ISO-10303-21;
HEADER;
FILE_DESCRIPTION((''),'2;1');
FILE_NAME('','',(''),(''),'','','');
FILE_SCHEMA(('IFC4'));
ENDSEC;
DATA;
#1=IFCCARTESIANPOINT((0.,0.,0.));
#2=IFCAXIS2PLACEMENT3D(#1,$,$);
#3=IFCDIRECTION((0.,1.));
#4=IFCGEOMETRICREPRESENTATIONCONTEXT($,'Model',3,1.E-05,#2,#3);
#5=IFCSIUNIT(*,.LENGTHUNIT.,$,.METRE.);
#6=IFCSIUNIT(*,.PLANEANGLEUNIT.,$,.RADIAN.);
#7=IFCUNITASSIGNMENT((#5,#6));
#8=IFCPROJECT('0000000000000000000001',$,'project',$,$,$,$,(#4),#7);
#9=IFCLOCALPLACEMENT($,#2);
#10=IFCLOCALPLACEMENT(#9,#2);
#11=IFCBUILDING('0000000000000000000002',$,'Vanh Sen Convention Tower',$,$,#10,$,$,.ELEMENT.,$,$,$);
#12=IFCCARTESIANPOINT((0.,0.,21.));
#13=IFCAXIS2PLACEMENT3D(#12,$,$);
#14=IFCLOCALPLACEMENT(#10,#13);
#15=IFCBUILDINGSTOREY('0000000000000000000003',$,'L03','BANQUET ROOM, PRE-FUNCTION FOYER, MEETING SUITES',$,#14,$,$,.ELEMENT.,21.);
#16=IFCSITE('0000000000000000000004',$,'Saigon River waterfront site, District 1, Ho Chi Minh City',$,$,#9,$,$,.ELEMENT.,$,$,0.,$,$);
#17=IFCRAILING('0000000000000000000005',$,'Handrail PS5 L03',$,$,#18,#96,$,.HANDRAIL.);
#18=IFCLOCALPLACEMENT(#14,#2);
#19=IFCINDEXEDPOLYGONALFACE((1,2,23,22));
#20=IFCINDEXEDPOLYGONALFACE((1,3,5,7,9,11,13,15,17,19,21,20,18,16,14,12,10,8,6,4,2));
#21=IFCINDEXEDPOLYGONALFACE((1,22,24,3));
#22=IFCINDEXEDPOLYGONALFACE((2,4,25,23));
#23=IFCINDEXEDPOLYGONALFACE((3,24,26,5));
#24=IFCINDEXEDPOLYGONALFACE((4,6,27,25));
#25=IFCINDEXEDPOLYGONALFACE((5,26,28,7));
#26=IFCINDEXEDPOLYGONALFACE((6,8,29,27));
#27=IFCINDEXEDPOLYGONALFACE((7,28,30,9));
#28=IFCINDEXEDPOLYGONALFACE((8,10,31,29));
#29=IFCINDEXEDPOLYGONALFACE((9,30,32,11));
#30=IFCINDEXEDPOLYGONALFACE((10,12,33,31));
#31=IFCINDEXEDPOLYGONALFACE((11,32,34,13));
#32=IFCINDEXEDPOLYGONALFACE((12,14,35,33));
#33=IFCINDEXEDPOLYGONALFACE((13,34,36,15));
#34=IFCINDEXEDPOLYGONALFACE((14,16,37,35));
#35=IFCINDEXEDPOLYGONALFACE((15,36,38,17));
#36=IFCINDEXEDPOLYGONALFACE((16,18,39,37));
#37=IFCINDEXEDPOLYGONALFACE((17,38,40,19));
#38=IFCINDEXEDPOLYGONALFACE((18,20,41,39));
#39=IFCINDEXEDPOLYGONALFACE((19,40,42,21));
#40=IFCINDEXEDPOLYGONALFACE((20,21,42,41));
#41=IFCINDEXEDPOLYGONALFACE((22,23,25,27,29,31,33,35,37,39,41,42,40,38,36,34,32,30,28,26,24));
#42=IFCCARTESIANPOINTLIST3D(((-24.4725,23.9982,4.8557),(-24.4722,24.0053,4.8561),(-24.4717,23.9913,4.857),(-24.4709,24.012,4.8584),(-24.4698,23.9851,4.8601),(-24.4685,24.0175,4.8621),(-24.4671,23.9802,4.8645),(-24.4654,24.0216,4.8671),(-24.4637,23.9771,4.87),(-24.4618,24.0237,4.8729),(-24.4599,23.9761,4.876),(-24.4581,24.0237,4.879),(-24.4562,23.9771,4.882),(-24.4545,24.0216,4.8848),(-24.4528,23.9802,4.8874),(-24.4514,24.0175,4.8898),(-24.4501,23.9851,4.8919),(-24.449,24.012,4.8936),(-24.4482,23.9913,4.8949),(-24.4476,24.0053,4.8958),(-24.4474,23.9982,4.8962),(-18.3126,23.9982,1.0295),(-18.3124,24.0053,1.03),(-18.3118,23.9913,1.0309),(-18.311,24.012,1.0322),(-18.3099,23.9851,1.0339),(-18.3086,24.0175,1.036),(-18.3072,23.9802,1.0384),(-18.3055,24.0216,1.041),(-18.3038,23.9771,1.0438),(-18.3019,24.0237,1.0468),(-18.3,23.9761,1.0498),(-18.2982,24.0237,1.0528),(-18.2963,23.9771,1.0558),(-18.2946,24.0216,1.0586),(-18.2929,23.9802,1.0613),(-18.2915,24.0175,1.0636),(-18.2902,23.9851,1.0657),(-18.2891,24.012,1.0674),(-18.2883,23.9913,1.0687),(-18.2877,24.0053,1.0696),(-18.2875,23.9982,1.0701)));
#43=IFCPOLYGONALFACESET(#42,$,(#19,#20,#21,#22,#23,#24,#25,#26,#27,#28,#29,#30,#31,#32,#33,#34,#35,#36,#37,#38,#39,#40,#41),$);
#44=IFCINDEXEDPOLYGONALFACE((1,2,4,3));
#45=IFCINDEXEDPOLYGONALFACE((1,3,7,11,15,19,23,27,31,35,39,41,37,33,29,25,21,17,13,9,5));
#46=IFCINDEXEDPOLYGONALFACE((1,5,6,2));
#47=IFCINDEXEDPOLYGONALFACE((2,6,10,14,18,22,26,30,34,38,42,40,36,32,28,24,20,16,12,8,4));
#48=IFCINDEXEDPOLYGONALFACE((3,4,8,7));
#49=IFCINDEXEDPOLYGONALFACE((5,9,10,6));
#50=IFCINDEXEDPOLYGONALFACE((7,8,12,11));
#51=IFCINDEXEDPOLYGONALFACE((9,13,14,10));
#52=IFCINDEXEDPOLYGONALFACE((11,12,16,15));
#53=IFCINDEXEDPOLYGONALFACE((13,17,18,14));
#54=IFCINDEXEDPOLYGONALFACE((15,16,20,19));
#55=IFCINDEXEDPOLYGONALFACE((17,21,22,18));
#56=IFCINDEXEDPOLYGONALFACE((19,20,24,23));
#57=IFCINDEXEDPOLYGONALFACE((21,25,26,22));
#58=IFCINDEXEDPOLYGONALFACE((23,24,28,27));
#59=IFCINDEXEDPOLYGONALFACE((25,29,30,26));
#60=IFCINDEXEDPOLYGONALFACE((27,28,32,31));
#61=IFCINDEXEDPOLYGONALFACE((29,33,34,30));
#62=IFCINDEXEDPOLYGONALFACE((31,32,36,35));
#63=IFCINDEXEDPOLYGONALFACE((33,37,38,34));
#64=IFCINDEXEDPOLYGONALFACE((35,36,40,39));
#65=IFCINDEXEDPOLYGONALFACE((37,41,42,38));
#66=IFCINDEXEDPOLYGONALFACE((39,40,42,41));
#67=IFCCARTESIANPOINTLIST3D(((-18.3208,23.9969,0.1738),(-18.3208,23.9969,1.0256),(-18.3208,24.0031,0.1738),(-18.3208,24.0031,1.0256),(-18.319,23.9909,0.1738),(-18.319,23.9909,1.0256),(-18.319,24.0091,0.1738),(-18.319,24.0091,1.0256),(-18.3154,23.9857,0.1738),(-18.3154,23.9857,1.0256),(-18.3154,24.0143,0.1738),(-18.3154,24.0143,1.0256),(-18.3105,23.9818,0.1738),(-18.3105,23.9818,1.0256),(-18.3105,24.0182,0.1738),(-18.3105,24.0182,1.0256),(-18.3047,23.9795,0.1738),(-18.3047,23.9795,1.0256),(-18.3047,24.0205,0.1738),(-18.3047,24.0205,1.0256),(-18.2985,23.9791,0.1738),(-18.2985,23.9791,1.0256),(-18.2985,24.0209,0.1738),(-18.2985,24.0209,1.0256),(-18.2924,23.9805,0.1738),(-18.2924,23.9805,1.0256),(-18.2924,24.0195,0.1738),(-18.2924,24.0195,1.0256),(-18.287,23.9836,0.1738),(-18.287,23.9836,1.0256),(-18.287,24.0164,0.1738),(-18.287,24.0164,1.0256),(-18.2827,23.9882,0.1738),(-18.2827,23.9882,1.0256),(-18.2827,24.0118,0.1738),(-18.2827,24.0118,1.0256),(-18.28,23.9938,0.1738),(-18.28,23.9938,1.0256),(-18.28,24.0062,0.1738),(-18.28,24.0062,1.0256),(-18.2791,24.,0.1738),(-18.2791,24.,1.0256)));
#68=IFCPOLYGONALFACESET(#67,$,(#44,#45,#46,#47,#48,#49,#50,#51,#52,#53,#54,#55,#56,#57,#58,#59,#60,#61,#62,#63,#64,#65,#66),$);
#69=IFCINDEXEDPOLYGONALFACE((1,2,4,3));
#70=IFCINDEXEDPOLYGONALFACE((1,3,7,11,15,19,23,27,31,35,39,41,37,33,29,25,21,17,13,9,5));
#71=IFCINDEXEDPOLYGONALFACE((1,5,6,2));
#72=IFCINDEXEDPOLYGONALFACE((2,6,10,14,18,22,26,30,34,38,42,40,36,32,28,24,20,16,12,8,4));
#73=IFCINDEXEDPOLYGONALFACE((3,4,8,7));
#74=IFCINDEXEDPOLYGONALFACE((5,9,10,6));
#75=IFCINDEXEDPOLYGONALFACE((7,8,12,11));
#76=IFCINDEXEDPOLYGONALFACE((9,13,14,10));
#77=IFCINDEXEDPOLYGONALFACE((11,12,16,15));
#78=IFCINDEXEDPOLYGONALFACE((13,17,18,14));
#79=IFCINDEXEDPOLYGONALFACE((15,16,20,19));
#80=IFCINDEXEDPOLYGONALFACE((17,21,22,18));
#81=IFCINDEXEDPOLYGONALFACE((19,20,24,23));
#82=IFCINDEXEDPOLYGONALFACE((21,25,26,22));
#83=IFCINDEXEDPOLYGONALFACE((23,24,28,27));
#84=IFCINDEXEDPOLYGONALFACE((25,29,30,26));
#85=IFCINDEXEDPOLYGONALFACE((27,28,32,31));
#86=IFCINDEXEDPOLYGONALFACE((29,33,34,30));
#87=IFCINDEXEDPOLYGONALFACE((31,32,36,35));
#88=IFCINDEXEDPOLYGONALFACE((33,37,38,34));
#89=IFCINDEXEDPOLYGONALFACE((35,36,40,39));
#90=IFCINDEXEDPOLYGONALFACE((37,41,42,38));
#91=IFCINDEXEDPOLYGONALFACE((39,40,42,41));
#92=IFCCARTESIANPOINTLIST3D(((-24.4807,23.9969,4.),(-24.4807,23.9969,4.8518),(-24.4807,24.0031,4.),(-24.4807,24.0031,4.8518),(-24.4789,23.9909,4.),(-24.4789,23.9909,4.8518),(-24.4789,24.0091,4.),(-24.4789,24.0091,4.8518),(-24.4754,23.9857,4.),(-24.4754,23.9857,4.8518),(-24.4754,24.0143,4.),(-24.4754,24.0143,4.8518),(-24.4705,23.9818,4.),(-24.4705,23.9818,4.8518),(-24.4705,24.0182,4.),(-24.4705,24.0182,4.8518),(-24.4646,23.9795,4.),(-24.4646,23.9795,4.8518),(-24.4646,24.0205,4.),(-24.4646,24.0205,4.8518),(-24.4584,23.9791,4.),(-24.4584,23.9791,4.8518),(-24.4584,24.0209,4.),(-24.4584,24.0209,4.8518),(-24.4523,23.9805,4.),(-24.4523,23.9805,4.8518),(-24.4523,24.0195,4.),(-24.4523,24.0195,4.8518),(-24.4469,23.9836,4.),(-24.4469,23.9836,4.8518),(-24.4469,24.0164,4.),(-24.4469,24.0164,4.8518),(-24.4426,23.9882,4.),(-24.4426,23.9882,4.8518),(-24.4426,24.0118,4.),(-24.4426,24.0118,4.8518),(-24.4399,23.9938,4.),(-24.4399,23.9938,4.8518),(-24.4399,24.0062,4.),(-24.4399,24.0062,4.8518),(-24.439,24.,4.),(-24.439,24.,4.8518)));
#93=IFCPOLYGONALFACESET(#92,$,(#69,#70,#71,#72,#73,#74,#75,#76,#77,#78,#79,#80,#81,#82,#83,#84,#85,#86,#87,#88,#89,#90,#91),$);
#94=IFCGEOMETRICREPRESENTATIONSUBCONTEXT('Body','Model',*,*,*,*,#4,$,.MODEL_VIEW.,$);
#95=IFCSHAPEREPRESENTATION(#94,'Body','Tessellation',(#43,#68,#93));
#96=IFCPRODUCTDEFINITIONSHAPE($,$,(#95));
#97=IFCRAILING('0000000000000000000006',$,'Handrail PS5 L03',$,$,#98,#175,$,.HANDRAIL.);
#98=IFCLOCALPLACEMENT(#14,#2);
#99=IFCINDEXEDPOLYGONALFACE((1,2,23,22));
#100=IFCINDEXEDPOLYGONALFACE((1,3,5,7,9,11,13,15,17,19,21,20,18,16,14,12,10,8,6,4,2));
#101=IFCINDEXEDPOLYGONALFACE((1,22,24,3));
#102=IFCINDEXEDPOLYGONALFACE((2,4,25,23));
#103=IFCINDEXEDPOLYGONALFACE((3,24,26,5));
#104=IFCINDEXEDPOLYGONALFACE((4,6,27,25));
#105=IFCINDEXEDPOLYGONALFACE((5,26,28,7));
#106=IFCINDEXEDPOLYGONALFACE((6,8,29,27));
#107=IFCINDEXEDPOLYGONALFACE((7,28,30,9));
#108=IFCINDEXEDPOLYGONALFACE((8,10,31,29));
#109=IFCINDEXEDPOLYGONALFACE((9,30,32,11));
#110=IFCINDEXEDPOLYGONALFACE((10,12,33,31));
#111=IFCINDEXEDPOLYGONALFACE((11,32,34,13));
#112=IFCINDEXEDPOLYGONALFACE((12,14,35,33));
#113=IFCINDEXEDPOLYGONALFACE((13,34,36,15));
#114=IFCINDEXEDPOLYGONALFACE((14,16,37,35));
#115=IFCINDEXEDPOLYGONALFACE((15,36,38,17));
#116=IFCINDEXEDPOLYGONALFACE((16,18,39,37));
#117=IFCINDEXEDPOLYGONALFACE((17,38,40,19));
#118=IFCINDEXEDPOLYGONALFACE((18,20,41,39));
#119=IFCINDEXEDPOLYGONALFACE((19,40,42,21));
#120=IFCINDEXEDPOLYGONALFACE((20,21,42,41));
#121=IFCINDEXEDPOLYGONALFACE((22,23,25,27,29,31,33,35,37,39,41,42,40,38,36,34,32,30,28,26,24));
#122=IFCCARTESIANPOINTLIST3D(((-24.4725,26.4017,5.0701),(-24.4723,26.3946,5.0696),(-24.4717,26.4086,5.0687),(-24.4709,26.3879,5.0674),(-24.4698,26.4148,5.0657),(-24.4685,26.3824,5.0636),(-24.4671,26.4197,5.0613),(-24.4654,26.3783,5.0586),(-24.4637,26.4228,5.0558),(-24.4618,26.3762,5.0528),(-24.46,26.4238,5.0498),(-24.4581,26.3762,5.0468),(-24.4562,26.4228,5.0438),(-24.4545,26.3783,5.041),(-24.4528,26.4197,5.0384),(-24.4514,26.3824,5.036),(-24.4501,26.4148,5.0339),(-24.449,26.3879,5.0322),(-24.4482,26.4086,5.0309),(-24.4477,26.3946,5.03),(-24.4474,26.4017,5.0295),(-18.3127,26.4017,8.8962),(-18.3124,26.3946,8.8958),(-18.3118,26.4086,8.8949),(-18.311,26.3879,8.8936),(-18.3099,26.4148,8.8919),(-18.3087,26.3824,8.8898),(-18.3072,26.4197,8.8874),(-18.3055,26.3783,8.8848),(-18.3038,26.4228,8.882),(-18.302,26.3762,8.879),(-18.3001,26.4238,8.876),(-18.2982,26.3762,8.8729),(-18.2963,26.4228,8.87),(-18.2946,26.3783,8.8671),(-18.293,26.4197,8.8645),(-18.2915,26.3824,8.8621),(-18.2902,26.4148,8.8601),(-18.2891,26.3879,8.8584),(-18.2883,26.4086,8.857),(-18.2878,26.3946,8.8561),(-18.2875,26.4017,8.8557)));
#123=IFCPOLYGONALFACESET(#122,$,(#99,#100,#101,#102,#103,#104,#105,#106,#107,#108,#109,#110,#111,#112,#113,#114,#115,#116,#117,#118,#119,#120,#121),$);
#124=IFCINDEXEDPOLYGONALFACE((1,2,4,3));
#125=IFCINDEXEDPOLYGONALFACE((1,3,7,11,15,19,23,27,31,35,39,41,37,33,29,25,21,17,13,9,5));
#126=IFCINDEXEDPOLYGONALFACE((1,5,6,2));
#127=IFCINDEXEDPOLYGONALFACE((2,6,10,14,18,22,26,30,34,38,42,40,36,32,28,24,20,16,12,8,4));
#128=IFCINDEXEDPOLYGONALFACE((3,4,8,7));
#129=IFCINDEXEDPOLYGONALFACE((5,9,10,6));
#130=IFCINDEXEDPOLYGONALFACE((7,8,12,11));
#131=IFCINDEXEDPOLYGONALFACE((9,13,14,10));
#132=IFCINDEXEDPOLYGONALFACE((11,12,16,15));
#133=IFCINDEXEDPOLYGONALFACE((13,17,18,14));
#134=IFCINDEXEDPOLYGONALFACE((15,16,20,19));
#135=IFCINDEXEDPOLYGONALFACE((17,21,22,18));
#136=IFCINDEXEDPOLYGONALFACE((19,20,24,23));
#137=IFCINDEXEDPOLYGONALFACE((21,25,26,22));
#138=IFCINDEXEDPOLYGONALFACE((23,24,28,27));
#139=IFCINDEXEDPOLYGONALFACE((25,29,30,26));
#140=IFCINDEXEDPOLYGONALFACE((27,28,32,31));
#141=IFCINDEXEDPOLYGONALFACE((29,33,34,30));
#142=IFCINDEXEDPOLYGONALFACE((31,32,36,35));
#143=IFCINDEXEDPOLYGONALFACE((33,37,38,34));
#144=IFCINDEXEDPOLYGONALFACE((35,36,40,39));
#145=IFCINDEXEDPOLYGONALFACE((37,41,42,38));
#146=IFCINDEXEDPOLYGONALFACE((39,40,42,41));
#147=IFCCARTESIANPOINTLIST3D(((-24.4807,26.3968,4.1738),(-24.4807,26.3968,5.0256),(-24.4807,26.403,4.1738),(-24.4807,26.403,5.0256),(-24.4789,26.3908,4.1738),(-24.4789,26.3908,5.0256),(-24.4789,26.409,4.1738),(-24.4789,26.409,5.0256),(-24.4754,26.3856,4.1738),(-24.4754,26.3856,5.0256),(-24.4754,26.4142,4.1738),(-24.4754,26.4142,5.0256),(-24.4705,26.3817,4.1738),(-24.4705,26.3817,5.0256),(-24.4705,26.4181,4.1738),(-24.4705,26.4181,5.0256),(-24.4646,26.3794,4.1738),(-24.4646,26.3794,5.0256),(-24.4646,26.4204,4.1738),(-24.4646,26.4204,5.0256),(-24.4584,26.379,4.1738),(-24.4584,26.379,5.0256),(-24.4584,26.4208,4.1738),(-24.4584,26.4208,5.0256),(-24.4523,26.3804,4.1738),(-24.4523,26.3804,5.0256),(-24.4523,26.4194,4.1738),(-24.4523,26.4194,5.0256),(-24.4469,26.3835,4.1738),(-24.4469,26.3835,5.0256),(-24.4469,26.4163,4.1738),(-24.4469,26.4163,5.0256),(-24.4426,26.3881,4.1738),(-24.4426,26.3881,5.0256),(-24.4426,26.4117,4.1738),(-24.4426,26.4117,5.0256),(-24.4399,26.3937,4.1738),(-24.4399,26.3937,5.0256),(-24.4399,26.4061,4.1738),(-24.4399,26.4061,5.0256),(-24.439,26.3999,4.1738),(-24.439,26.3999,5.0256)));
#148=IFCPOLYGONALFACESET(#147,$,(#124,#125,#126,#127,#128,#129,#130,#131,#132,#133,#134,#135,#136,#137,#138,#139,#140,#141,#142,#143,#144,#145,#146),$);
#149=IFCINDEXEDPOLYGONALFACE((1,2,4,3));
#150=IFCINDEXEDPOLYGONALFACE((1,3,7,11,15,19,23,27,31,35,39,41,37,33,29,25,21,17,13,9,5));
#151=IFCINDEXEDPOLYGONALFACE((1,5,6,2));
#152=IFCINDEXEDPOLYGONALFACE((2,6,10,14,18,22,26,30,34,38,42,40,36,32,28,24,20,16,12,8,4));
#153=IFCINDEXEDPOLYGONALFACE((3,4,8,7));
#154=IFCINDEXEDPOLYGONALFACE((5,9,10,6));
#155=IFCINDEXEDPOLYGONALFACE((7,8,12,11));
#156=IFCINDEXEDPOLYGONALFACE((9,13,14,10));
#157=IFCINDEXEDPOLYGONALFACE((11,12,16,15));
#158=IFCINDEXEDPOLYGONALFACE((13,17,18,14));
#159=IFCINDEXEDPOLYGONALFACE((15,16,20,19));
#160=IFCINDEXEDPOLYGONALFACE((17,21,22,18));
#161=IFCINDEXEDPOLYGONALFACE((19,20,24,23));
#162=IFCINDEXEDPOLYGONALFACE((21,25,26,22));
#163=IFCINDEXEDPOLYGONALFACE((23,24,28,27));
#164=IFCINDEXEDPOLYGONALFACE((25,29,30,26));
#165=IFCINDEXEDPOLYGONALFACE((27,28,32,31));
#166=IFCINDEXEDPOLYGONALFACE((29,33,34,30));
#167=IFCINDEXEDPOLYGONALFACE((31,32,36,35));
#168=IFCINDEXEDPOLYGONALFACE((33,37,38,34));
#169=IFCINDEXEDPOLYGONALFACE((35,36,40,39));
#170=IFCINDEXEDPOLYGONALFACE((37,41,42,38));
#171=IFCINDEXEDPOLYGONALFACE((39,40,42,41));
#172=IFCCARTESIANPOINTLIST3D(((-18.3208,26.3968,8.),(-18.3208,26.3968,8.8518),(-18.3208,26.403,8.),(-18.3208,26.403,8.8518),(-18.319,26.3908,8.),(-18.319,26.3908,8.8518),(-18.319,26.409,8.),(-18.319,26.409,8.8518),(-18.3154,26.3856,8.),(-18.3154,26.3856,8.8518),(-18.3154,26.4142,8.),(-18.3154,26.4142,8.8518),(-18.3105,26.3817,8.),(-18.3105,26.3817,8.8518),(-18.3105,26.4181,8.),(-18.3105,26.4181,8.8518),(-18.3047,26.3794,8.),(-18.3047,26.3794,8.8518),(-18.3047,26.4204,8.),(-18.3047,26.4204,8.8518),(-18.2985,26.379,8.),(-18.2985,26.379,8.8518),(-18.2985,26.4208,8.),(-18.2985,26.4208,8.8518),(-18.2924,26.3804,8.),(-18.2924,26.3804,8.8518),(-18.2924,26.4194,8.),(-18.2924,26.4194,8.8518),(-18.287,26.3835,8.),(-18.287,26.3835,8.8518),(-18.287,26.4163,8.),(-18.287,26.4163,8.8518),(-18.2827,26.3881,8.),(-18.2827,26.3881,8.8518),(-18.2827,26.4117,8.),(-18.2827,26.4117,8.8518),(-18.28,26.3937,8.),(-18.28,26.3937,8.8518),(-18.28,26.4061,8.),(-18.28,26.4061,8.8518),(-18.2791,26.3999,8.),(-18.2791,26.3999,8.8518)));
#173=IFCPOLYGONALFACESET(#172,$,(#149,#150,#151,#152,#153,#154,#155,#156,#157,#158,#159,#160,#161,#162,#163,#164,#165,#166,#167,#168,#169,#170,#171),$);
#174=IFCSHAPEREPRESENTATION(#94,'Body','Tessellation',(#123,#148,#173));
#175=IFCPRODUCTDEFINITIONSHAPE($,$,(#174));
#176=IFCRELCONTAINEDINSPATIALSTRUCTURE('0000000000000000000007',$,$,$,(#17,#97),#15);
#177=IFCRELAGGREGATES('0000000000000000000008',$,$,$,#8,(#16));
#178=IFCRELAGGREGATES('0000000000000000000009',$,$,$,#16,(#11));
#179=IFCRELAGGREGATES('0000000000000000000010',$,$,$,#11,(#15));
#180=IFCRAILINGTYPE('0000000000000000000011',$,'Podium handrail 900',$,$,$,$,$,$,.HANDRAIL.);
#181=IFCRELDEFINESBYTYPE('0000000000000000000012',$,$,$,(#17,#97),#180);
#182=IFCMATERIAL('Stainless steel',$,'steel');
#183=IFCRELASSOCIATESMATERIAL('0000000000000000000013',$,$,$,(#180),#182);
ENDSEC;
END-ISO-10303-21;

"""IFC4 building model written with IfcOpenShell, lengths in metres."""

from ifc_helpers import new_model, si_unit, direction, frame, origin, origin_2d, place, context, subcontext, project, spatial, circle, extrude, material, type_object, element, save


model = new_model("IFC4")

# Units and contexts
model_context = context("Model", 3, precision=1e-05, world=origin(), true_north=direction((0.0, 1.0)))
body_context = subcontext(model_context, "Body", "Model", "MODEL_VIEW")
ifc_project = project(units=[si_unit("LENGTHUNIT", "METRE"), si_unit("PLANEANGLEUNIT", "RADIAN")], contexts=[model_context])

# Site, building, storey
site_placement = place(None, origin())
site = spatial("IfcSite", under=ifc_project, at=site_placement, Name="Saigon River waterfront site, District 1, Ho Chi Minh City", CompositionType="ELEMENT", RefElevation=0.0)
building_placement = place(site_placement, origin())
building = spatial("IfcBuilding", under=site, at=building_placement, Name="Vanh Sen Convention Tower", CompositionType="ELEMENT")
storey_placement = place(building_placement, frame((0.0, 0.0, 21.0)))
storey = spatial("IfcBuildingStorey", under=building, at=storey_placement, Name="L03", Description="BANQUET ROOM, PRE-FUNCTION FOYER, MEETING SUITES", CompositionType="ELEMENT", Elevation=21.0)

# Railings
ifc_material_1 = material(Name="Stainless steel", Category="steel")
railing_type = type_object("IfcRailingType", Name="Podium handrail 900", PredefinedType="HANDRAIL", material=ifc_material_1)
for number, where, name in (
    (1, (-18.3, 24.0, 0.1738), "Handrail PS5 L03"),
):
    element("IfcRailing", number, at=place(storey_placement, frame(where)), inside=storey, type_object=railing_type, Name=name, PredefinedType="HANDRAIL", context=body_context, shape_type="SweptSolid", body=[
        extrude(circle(Radius=0.0239, at=origin_2d()), frame((0.0, 0.0, 0.876), z_axis=(-0.849468, 0.0, 0.527639), x_axis=(0.0, -1.0, 0.0)), (0.0, 0.0, 1.0), 7.2515),
        extrude(circle(Radius=0.021, at=origin_2d()), origin(), (0.0, 0.0, 1.0), 0.8518),
        extrude(circle(Radius=0.021, at=origin_2d()), frame((-6.1599, 0.0, 3.8262)), (0.0, 0.0, 1.0), 0.8518),
    ])
for number, where, name in (
    (2, (-24.46, 26.3999, 4.1738), "Handrail PS5 L03"),
):
    element("IfcRailing", number, at=place(storey_placement, frame(where)), inside=storey, type_object=railing_type, Name=name, PredefinedType="HANDRAIL", context=body_context, shape_type="SweptSolid", body=[
        extrude(circle(Radius=0.0239, at=origin_2d()), frame((0.0, 0.0, 0.876), z_axis=(0.849468, 0.0, 0.527639), x_axis=(0.0, 1.0, 0.0)), (0.0, 0.0, 1.0), 7.2515),
        extrude(circle(Radius=0.021, at=origin_2d()), origin(), (0.0, 0.0, 1.0), 0.8518),
        extrude(circle(Radius=0.021, at=origin_2d()), frame((6.1599, 0.0, 3.8262)), (0.0, 0.0, 1.0), 0.8518),
    ])

save(model, "model.ifc")
